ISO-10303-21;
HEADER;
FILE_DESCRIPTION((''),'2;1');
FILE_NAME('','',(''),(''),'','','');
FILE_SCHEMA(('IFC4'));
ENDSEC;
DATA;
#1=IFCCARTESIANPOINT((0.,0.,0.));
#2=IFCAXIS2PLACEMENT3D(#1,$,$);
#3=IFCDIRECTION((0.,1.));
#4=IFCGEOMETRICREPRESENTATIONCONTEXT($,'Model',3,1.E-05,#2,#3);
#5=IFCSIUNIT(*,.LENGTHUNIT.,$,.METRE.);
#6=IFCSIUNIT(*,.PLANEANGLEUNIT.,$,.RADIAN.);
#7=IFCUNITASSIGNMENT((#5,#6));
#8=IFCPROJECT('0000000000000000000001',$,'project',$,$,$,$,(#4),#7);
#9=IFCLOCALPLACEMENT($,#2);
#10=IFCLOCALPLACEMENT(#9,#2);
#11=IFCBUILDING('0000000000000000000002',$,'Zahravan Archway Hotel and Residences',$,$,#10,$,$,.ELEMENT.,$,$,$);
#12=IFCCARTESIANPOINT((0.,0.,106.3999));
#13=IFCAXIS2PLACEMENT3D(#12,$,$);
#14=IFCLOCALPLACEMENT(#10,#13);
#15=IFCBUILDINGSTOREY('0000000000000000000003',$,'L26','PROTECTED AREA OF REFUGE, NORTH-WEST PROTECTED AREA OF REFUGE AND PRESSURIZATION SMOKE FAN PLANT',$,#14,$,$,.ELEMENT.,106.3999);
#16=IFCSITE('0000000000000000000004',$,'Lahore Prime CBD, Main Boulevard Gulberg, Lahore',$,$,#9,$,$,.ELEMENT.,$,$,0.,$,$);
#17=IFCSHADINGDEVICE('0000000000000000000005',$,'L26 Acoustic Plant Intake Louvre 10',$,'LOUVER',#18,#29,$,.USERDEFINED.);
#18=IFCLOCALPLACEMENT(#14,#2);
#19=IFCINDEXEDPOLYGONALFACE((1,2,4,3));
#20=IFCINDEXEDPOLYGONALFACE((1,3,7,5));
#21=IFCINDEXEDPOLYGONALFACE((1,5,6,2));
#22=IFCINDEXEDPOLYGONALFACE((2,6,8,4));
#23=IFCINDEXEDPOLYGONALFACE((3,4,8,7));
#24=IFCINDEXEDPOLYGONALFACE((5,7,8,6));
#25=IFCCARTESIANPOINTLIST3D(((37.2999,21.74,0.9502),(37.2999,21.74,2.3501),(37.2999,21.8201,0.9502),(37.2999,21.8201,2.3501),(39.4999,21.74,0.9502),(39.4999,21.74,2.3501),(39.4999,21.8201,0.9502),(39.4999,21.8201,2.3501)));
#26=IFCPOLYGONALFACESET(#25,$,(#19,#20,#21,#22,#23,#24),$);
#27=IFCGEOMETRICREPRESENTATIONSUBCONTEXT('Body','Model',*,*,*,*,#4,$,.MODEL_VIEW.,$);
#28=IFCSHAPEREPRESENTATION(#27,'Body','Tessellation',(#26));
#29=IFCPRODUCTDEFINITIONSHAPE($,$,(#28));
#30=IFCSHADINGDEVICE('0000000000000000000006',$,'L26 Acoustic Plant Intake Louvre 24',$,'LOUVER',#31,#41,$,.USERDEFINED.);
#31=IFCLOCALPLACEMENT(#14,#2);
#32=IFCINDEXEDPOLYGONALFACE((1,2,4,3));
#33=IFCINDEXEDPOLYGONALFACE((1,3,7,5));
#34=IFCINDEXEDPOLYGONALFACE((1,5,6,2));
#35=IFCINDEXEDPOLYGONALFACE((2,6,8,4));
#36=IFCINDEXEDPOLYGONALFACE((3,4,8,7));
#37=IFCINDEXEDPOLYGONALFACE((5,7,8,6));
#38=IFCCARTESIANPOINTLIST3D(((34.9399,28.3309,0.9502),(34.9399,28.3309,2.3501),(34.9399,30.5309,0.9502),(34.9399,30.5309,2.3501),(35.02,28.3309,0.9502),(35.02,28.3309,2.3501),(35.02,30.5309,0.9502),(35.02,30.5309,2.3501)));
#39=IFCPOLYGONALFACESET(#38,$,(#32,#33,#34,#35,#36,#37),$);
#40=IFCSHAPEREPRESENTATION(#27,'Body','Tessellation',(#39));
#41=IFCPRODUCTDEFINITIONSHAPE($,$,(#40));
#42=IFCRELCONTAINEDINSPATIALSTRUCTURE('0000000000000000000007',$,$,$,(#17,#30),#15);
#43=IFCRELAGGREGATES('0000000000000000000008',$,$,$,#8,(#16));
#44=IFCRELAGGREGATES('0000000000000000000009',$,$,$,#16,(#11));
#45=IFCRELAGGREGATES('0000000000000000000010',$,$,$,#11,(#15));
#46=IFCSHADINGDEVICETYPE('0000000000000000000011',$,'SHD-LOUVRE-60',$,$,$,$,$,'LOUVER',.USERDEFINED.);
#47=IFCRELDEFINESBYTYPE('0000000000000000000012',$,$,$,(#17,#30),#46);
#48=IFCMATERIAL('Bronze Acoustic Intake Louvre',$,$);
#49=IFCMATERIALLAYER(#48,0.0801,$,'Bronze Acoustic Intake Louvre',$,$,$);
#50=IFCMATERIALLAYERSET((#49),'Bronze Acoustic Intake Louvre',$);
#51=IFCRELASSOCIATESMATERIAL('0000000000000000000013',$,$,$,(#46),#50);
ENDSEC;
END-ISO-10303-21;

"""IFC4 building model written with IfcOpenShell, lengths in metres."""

from ifc_helpers import new_model, si_unit, direction, frame, origin, origin_2d, place, context, subcontext, project, spatial, rectangle, extrude, source, transform, mapped, material, layer, layer_set, type_object, type_shapes, element, save


model = new_model("IFC4")

# Units and contexts
model_context = context("Model", 3, precision=1e-05, world=origin(), true_north=direction((0.0, 1.0)))
body_context = subcontext(model_context, "Body", "Model", "MODEL_VIEW")
ifc_project = project(units=[si_unit("LENGTHUNIT", "METRE"), si_unit("PLANEANGLEUNIT", "RADIAN")], contexts=[model_context])

# Site, building, storey
site_placement = place(None, origin())
site = spatial("IfcSite", under=ifc_project, at=site_placement, Name="Lahore Prime CBD, Main Boulevard Gulberg, Lahore", CompositionType="ELEMENT", RefElevation=0.0)
building_placement = place(site_placement, origin())
building = spatial("IfcBuilding", under=site, at=building_placement, Name="Zahravan Archway Hotel and Residences", CompositionType="ELEMENT")
storey_placement = place(building_placement, frame((0.0, 0.0, 106.3999)))
storey = spatial("IfcBuildingStorey", under=building, at=storey_placement, Name="L26", Description="PROTECTED AREA OF REFUGE, NORTH-WEST PROTECTED AREA OF REFUGE AND PRESSURIZATION SMOKE FAN PLANT", CompositionType="ELEMENT", Elevation=106.3999)

# Shading devices
ifc_material_1 = material(Name="Bronze Acoustic Intake Louvre")
ifc_layer_1 = layer(ifc_material_1, 0.0801, Name="Bronze Acoustic Intake Louvre")
ifc_layer_set_1 = layer_set([ifc_layer_1], Name="Bronze Acoustic Intake Louvre")
shading_device_type = type_object("IfcShadingDeviceType", Name="SHD-LOUVRE-60", ElementType="LOUVER", PredefinedType="USERDEFINED", material=ifc_layer_set_1)
shared_shape_1 = source(origin(), body_context, "Body", "SweptSolid", [
    extrude(rectangle(XDim=2.2, YDim=0.0801, at=origin_2d()), origin(), (0.0, 0.0, 1.0), 1.3999),
])
type_shapes(shading_device_type, [shared_shape_1])
for number, where, z_axis, x_axis, name in (
    (1, (38.3999, 21.78, 0.9502), (0.0, 0.0, 1.0), (1.0, 0.0, 0.0), "L26 Acoustic Plant Intake Louvre 10"),
    (2, (34.98, 29.4309, 0.9502), (0.0, 0.0, 1.0), (0.0, 1.0, 0.0), "L26 Acoustic Plant Intake Louvre 24"),
):
    element("IfcShadingDevice", number, at=place(storey_placement, frame(where, z_axis=z_axis, x_axis=x_axis)), inside=storey, type_object=shading_device_type, Name=name, ObjectType="LOUVER", PredefinedType="USERDEFINED", context=body_context, shape_type="MappedRepresentation", body=[
        mapped(shared_shape_1, transform((0.0, 0.0, 0.0), scale=1.0)),
    ])

save(model, "model.ifc")
